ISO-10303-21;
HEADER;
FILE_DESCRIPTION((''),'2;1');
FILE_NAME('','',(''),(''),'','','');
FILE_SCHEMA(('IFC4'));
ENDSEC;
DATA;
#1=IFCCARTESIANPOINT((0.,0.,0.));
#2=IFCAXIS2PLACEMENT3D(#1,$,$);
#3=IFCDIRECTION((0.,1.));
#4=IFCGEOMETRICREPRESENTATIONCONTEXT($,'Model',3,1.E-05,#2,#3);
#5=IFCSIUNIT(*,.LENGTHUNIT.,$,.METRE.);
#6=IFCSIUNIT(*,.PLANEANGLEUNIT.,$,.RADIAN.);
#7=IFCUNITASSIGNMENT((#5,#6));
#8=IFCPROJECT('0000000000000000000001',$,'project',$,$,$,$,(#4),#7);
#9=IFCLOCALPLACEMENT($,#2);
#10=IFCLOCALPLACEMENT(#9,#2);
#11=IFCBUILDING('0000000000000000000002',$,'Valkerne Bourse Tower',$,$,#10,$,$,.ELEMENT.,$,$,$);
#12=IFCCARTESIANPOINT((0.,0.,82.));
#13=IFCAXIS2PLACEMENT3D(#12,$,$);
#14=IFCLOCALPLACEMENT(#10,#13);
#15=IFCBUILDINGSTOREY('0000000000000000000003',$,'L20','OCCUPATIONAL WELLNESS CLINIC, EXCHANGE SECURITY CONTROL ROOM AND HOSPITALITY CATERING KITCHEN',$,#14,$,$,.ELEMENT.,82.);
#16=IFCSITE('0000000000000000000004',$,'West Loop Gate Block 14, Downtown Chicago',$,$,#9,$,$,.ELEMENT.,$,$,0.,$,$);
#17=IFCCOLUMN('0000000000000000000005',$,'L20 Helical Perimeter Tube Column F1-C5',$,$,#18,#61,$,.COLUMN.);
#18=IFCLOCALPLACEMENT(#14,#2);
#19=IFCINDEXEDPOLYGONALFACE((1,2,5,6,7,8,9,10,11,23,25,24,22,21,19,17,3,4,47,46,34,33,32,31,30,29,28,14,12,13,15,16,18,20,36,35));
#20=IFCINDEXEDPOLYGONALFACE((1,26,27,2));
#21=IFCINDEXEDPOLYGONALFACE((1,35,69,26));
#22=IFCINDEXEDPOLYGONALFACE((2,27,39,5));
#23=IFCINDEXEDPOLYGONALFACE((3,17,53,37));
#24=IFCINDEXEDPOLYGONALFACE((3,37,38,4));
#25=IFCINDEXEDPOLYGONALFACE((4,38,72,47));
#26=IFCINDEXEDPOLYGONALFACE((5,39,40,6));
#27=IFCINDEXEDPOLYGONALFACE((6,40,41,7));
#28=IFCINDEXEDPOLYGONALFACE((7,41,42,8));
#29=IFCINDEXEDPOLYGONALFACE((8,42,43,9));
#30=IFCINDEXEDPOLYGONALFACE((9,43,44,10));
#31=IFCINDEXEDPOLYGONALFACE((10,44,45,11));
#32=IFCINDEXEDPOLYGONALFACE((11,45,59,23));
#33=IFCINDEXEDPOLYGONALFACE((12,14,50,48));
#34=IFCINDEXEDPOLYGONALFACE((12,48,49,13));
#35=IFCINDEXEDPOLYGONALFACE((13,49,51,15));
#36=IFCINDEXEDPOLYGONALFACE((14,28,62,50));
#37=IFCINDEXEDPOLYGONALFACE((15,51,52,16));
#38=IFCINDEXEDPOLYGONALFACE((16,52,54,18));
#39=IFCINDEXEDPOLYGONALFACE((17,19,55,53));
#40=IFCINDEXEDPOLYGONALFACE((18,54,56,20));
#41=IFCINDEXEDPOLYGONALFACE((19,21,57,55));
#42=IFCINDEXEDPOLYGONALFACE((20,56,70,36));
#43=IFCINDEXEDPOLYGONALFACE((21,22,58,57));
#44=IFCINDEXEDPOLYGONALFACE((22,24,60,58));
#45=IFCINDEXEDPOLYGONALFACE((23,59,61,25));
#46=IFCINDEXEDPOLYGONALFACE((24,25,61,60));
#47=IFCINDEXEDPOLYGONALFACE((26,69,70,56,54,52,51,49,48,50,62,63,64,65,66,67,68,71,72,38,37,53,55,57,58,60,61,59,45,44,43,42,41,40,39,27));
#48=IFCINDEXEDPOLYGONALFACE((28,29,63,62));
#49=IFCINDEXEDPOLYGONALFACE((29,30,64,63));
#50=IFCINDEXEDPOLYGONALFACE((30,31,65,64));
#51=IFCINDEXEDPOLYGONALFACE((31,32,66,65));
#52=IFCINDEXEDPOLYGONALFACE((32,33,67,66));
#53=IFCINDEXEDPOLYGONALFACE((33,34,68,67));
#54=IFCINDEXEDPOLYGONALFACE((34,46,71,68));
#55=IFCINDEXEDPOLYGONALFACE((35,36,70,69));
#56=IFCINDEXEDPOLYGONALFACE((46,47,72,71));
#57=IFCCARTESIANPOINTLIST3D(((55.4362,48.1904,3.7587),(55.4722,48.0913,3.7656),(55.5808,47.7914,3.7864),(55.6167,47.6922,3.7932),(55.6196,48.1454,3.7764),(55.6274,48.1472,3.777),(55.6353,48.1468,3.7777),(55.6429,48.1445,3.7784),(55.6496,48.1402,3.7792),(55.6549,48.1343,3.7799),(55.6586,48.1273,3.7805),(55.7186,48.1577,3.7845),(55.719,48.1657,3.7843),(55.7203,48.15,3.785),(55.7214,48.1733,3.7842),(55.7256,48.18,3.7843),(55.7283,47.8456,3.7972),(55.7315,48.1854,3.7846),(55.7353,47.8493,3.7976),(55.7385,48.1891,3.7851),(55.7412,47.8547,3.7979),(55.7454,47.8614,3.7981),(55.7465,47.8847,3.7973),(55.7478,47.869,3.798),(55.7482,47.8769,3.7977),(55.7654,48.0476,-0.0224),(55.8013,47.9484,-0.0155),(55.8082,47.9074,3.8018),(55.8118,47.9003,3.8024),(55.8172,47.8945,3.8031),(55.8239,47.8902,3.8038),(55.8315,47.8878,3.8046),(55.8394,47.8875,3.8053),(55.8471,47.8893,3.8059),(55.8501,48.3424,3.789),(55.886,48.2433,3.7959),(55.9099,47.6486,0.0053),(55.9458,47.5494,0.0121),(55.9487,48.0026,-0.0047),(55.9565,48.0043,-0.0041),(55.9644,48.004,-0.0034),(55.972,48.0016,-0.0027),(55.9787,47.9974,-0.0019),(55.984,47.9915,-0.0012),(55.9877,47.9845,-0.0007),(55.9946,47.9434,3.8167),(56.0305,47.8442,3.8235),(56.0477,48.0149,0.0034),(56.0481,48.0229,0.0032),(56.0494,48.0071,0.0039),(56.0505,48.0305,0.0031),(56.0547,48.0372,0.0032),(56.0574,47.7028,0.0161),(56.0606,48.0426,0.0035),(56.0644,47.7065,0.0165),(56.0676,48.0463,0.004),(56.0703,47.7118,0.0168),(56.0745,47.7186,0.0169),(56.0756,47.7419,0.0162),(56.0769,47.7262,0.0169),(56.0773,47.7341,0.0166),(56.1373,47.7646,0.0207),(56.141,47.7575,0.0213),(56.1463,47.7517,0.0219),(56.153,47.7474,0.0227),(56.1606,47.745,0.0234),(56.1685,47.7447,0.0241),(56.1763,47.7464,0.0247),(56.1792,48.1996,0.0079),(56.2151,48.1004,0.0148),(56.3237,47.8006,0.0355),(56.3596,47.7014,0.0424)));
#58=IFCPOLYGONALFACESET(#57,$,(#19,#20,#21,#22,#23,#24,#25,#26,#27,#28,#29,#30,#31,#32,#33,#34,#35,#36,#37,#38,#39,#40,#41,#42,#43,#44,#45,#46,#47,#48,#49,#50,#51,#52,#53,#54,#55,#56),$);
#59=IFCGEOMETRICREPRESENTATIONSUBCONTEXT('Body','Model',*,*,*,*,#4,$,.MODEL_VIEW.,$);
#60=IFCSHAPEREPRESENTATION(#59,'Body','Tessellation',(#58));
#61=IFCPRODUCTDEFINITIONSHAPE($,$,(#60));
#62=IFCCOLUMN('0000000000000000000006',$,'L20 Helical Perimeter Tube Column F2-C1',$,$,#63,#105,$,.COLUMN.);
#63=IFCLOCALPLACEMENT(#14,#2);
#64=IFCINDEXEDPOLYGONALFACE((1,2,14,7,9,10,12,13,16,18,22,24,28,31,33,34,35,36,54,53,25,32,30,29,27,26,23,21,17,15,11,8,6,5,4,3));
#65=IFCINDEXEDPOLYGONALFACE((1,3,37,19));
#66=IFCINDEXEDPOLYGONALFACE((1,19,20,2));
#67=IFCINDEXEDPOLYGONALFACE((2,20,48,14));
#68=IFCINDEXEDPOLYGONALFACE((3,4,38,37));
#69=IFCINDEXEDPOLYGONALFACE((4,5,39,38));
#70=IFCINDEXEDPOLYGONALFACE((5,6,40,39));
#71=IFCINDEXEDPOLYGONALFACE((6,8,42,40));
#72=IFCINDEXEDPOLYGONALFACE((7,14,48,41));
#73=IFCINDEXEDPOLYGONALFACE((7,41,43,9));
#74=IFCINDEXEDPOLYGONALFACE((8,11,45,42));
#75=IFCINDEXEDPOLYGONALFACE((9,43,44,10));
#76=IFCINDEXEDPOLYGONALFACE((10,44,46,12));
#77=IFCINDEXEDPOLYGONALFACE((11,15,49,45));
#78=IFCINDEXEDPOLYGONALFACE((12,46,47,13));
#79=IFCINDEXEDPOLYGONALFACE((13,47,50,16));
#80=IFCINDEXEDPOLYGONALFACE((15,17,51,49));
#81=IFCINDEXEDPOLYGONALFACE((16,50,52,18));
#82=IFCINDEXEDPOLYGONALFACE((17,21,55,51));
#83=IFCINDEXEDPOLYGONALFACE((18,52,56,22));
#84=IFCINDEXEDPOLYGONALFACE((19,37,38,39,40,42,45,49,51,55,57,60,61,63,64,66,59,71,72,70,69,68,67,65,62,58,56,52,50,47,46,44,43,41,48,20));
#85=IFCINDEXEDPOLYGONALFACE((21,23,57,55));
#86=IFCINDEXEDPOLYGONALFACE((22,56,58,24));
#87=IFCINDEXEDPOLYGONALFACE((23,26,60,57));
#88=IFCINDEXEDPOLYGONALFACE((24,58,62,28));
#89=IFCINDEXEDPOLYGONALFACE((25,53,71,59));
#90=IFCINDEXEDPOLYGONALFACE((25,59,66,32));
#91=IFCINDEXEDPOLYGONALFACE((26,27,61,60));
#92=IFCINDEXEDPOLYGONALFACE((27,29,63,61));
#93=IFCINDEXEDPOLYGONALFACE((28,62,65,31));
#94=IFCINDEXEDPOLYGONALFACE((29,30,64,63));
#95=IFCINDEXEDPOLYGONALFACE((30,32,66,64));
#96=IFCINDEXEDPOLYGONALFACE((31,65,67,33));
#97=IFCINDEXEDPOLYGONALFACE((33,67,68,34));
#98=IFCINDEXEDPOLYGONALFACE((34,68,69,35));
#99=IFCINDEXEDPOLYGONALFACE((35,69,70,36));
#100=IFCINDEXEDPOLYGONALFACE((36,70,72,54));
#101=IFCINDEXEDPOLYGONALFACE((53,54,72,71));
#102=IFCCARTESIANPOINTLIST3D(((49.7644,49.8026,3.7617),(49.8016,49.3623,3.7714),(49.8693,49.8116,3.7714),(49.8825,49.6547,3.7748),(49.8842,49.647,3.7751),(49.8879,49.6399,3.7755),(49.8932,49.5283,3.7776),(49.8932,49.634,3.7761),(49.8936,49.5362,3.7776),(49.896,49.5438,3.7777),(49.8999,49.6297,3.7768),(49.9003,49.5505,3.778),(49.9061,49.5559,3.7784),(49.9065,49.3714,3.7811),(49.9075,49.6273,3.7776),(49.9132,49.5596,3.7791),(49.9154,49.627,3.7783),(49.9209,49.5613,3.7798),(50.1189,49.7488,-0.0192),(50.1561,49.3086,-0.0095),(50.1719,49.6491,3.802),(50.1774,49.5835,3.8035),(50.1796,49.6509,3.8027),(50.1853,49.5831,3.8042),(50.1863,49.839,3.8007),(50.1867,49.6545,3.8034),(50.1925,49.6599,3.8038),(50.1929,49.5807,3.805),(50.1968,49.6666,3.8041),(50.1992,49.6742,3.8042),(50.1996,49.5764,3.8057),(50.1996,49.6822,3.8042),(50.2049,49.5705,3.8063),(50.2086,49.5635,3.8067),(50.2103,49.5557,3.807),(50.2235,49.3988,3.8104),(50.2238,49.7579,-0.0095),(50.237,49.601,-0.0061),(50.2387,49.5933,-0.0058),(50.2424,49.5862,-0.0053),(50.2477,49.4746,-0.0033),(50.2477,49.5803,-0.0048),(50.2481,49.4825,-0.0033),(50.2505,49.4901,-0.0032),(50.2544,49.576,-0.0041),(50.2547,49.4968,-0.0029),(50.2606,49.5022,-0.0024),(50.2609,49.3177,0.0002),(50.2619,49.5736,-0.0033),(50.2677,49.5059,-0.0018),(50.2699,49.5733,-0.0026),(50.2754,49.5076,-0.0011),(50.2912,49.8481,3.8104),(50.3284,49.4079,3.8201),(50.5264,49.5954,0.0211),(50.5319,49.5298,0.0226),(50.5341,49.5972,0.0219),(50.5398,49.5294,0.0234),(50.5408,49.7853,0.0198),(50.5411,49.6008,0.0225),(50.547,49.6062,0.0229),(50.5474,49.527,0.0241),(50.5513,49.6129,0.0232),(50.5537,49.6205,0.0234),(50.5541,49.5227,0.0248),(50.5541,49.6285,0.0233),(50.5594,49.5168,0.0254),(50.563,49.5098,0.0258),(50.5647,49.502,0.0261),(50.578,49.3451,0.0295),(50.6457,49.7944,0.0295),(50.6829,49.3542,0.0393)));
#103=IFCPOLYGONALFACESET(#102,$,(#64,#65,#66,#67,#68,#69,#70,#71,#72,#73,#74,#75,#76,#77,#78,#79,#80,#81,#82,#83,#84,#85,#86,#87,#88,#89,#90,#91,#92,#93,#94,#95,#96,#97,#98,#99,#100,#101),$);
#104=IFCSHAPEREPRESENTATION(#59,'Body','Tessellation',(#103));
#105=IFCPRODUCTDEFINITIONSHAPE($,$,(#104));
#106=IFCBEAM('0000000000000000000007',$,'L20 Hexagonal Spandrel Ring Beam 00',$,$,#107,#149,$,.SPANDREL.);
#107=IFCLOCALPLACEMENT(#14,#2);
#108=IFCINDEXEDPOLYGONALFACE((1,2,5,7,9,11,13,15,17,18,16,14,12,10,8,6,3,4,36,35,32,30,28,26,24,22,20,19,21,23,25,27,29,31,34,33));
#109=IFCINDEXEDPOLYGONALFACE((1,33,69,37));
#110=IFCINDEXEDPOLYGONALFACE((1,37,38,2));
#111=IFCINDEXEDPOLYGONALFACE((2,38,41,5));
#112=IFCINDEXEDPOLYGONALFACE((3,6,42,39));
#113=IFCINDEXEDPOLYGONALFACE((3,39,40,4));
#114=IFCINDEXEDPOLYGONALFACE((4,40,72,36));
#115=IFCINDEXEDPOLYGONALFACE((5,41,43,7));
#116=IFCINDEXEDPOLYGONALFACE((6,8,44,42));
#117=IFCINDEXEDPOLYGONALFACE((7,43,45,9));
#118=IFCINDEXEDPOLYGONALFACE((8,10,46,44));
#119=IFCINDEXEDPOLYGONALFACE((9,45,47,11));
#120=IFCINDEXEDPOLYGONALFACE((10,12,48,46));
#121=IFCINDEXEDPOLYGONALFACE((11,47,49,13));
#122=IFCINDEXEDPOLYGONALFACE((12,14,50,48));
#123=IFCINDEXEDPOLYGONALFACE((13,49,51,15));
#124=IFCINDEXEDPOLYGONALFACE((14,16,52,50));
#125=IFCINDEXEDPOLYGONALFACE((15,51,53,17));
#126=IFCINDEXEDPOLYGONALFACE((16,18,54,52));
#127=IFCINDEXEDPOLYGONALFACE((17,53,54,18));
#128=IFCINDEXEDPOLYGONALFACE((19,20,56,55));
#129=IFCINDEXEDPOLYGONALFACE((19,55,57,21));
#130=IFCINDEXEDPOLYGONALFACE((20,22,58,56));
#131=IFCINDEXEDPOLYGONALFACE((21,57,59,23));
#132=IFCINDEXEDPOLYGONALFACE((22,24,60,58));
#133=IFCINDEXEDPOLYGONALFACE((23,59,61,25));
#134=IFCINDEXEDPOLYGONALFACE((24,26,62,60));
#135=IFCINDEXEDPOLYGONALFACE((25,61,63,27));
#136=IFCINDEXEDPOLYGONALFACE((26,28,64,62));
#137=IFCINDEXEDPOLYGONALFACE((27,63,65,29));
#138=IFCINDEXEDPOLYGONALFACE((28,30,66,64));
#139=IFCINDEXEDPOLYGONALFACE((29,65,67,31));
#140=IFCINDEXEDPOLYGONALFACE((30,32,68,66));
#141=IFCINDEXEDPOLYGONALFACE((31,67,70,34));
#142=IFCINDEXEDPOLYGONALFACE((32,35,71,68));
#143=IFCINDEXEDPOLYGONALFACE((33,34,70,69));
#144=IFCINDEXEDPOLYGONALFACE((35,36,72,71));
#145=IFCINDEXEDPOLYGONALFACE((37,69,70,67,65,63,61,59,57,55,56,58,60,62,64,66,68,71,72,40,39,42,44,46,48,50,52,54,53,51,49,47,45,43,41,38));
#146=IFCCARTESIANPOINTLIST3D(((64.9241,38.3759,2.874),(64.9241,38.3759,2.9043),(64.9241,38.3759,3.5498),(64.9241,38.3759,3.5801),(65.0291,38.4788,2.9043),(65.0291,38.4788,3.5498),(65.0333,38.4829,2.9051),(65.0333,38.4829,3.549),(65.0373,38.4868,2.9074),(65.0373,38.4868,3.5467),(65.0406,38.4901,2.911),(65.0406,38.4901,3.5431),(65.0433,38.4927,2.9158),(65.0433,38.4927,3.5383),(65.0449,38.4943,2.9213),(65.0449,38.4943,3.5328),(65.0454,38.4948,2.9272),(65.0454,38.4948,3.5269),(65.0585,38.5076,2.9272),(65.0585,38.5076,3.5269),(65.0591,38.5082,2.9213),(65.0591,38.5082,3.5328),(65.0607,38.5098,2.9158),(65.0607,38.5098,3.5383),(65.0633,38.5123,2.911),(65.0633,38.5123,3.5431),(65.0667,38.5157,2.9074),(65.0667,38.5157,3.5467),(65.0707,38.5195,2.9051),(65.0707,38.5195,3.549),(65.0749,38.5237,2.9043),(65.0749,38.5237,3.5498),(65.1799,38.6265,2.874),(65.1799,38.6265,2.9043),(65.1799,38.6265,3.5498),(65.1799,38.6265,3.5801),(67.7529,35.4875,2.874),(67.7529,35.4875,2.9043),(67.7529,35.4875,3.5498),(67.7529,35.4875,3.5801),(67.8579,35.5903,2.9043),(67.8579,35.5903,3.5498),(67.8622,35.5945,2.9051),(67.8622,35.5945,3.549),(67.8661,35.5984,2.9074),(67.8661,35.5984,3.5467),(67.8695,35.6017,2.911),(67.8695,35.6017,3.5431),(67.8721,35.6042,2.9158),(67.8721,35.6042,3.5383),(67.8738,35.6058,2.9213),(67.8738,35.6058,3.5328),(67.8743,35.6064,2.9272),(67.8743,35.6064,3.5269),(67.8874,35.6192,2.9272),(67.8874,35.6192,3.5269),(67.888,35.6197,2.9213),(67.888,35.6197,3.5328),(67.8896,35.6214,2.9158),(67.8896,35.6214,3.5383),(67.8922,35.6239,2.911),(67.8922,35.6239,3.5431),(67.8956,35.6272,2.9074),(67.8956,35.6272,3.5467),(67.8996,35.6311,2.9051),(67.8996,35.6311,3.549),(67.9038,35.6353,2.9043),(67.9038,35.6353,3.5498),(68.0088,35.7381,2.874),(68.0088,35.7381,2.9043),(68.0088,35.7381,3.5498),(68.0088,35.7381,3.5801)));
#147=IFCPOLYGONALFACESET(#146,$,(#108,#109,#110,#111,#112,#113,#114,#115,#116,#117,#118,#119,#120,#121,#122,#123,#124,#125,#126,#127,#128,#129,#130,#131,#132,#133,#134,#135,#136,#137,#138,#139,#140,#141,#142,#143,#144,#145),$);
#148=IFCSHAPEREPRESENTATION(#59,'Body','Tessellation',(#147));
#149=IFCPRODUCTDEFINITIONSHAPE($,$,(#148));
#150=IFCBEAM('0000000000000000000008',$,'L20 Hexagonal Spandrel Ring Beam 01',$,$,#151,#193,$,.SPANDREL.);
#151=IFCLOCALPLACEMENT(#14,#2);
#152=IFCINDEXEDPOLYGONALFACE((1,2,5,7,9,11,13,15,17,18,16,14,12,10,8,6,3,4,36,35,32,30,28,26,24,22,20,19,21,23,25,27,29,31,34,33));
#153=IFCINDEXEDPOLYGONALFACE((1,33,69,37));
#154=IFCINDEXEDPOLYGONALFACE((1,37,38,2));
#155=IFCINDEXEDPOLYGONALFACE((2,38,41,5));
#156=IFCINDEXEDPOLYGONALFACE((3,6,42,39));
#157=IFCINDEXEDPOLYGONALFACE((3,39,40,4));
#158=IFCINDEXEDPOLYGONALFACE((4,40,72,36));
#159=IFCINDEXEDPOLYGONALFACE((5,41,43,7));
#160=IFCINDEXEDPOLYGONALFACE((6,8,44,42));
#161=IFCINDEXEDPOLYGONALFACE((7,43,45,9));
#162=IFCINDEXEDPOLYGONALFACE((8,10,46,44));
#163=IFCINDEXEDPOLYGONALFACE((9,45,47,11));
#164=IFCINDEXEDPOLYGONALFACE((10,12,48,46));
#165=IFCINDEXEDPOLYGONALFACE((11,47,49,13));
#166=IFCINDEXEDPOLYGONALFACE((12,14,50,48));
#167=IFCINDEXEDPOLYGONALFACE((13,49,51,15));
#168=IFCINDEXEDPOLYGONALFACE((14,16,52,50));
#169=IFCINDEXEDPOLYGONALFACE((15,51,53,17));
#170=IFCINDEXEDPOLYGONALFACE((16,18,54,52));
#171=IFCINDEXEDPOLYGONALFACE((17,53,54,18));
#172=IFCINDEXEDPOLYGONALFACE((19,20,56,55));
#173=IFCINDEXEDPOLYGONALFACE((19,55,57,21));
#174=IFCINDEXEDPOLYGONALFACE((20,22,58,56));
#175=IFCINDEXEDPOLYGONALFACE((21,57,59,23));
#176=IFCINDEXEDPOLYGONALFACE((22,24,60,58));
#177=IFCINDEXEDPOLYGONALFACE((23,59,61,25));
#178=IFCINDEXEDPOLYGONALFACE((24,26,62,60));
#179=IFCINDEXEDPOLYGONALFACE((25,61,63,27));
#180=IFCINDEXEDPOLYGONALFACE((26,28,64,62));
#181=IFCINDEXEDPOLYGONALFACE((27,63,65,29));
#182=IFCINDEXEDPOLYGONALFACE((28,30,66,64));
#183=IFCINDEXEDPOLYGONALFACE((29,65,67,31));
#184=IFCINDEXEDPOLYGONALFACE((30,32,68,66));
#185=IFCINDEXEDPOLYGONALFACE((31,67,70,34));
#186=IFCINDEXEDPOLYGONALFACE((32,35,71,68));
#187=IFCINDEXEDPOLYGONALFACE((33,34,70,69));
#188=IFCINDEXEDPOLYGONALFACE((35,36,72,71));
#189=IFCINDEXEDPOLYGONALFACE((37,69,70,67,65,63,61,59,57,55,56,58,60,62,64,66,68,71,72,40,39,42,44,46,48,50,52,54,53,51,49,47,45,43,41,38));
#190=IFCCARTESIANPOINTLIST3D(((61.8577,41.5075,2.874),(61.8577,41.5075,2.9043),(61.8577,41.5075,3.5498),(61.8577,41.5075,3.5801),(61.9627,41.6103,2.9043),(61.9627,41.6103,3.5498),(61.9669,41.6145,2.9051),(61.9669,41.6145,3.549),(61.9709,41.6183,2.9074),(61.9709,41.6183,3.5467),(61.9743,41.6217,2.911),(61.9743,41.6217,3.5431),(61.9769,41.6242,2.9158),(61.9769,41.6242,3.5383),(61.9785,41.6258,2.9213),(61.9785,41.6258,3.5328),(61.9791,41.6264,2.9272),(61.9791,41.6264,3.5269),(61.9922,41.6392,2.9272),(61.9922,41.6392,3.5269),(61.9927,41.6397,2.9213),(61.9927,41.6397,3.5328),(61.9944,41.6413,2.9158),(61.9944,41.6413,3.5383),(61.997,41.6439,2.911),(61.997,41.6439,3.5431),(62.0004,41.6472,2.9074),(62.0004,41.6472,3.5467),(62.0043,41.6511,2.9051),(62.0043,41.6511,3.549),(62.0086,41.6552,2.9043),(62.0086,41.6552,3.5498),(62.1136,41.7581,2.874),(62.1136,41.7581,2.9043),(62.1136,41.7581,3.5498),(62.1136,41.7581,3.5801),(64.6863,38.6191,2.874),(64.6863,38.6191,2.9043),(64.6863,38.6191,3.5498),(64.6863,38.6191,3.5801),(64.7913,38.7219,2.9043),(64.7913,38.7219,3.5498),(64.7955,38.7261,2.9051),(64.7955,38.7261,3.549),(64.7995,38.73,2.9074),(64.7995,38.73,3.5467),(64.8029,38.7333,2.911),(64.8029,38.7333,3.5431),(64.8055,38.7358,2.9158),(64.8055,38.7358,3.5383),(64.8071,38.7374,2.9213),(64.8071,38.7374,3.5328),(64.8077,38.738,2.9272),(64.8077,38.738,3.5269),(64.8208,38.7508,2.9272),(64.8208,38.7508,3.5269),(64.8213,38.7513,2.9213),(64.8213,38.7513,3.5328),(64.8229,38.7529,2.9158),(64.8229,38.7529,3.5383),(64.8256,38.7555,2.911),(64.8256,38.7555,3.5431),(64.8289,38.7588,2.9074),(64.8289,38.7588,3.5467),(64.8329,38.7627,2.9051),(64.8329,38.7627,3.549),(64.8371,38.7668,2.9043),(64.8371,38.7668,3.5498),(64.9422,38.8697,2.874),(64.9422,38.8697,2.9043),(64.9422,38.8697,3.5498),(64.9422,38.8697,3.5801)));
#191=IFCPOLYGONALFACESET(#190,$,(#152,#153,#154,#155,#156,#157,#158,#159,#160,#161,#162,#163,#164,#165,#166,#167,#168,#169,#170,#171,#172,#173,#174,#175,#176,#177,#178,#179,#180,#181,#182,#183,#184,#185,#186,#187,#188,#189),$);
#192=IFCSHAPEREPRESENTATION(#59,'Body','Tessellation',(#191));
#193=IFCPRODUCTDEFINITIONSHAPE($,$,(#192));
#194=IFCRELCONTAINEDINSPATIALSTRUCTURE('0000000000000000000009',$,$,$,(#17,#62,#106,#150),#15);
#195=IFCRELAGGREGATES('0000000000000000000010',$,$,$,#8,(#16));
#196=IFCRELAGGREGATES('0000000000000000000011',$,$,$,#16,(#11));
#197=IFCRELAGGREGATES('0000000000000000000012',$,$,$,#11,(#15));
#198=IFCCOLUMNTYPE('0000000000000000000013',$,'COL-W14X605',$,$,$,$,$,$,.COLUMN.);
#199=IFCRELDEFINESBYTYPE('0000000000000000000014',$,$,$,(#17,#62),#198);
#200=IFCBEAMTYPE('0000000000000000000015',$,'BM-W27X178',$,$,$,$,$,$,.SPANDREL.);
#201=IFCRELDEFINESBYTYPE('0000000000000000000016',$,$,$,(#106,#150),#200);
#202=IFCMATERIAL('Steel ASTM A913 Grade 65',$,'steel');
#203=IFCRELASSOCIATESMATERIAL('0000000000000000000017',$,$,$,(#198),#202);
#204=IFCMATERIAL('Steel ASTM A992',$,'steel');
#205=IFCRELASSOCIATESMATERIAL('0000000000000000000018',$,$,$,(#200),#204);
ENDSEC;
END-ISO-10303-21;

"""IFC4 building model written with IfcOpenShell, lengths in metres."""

from ifc_helpers import new_model, si_unit, direction, frame, origin, origin_2d, place, context, subcontext, project, spatial, i_section, extrude, material, material_profile, profile_set, type_object, element, save


model = new_model("IFC4")

# Units and contexts
model_context = context("Model", 3, precision=1e-05, world=origin(), true_north=direction((0.0, 1.0)))
body_context = subcontext(model_context, "Body", "Model", "MODEL_VIEW")
ifc_project = project(units=[si_unit("LENGTHUNIT", "METRE"), si_unit("PLANEANGLEUNIT", "RADIAN")], contexts=[model_context])

# Site, building, storey
site_placement = place(None, origin())
site = spatial("IfcSite", under=ifc_project, at=site_placement, Name="West Loop Gate Block 14, Downtown Chicago", CompositionType="ELEMENT", RefElevation=0.0)
building_placement = place(site_placement, origin())
building = spatial("IfcBuilding", under=site, at=building_placement, Name="Valkerne Bourse Tower", CompositionType="ELEMENT")
storey_placement = place(building_placement, frame((0.0, 0.0, 82.0)))
storey = spatial("IfcBuildingStorey", under=building, at=storey_placement, Name="L20", Description="OCCUPATIONAL WELLNESS CLINIC, EXCHANGE SECURITY CONTROL ROOM AND HOSPITALITY CATERING KITCHEN", CompositionType="ELEMENT", Elevation=82.0)

# Columns
ifc_material_1 = material(Name="Steel ASTM A913 Grade 65", Category="steel")
ifc_material_profile_1 = material_profile(ifc_material_1, i_section(OverallWidth=0.4419, OverallDepth=0.531, WebThickness=0.0659, FlangeThickness=0.1057, FilletRadius=0.0305, at=origin_2d()), Name="W14X605")
ifc_profile_set_1 = profile_set([ifc_material_profile_1], Name="Steel ASTM A913 Grade 65")
column_type = type_object("IfcColumnType", Name="COL-W14X605", PredefinedType="COLUMN", material=ifc_profile_set_1)
column_1_placement = place(storey_placement, frame((56.0625, 47.8745, 0.01), z_axis=(-0.086652, 0.037605, 0.995529), x_axis=(0.936477, 0.343972, 0.068519)))
element("IfcColumn", 1, at=column_1_placement, inside=storey, type_object=column_type, Name="L20 Helical Perimeter Tube Column F1-C5", PredefinedType="COLUMN", context=body_context, shape_type="SweptSolid", body=[
    extrude(i_section(OverallWidth=0.4419, OverallDepth=0.531, WebThickness=0.0659, FlangeThickness=0.1057, FilletRadius=0.0305, at=origin_2d()), origin(), (0.0, 0.0, 1.0), 3.7981),
])
column_2_placement = place(storey_placement, frame((50.4009, 49.5515, 0.01), z_axis=(-0.093337, 0.014142, 0.995534), x_axis=(-0.084114, 0.996212, -0.022038)))
element("IfcColumn", 2, at=column_2_placement, inside=storey, type_object=column_type, Name="L20 Helical Perimeter Tube Column F2-C1", PredefinedType="COLUMN", context=body_context, shape_type="SweptSolid", body=[
    extrude(i_section(OverallWidth=0.4419, OverallDepth=0.531, WebThickness=0.0659, FlangeThickness=0.1057, FilletRadius=0.0305, at=origin_2d()), origin(), (0.0, 0.0, 1.0), 3.7979),
])

# Beams
ifc_material_2 = material(Name="Steel ASTM A992", Category="steel")
ifc_material_profile_2 = material_profile(ifc_material_2, i_section(OverallWidth=0.3582, OverallDepth=0.7061, WebThickness=0.0183, FlangeThickness=0.0303, FilletRadius=0.0229, at=origin_2d()), Name="W27X178")
ifc_profile_set_2 = profile_set([ifc_material_profile_2], Name="Steel ASTM A992")
beam_type = type_object("IfcBeamType", Name="BM-W27X178", PredefinedType="SPANDREL", material=ifc_profile_set_2)
beam_1_placement = place(storey_placement, frame((67.8809, 35.6128, 3.2271), z_axis=(-0.699701, 0.714436, 0.0), x_axis=(-0.714436, -0.699701, 0.0)))
element("IfcBeam", 3, at=beam_1_placement, inside=storey, type_object=beam_type, Name="L20 Hexagonal Spandrel Ring Beam 00", PredefinedType="SPANDREL", context=body_context, shape_type="SweptSolid", body=[
    extrude(i_section(OverallWidth=0.3582, OverallDepth=0.7061, WebThickness=0.0183, FlangeThickness=0.0303, FilletRadius=0.0229, at=origin_2d()), origin(), (0.0, 0.0, 1.0), 4.043),
])
beam_2_placement = place(storey_placement, frame((64.8142, 38.7444, 3.2271), z_axis=(-0.69967, 0.714466, 0.0), x_axis=(-0.714466, -0.69967, 0.0)))
element("IfcBeam", 4, at=beam_2_placement, inside=storey, type_object=beam_type, Name="L20 Hexagonal Spandrel Ring Beam 01", PredefinedType="SPANDREL", context=body_context, shape_type="SweptSolid", body=[
    extrude(i_section(OverallWidth=0.3582, OverallDepth=0.7061, WebThickness=0.0183, FlangeThickness=0.0303, FilletRadius=0.0229, at=origin_2d()), origin(), (0.0, 0.0, 1.0), 4.0427),
])

save(model, "model.ifc")
